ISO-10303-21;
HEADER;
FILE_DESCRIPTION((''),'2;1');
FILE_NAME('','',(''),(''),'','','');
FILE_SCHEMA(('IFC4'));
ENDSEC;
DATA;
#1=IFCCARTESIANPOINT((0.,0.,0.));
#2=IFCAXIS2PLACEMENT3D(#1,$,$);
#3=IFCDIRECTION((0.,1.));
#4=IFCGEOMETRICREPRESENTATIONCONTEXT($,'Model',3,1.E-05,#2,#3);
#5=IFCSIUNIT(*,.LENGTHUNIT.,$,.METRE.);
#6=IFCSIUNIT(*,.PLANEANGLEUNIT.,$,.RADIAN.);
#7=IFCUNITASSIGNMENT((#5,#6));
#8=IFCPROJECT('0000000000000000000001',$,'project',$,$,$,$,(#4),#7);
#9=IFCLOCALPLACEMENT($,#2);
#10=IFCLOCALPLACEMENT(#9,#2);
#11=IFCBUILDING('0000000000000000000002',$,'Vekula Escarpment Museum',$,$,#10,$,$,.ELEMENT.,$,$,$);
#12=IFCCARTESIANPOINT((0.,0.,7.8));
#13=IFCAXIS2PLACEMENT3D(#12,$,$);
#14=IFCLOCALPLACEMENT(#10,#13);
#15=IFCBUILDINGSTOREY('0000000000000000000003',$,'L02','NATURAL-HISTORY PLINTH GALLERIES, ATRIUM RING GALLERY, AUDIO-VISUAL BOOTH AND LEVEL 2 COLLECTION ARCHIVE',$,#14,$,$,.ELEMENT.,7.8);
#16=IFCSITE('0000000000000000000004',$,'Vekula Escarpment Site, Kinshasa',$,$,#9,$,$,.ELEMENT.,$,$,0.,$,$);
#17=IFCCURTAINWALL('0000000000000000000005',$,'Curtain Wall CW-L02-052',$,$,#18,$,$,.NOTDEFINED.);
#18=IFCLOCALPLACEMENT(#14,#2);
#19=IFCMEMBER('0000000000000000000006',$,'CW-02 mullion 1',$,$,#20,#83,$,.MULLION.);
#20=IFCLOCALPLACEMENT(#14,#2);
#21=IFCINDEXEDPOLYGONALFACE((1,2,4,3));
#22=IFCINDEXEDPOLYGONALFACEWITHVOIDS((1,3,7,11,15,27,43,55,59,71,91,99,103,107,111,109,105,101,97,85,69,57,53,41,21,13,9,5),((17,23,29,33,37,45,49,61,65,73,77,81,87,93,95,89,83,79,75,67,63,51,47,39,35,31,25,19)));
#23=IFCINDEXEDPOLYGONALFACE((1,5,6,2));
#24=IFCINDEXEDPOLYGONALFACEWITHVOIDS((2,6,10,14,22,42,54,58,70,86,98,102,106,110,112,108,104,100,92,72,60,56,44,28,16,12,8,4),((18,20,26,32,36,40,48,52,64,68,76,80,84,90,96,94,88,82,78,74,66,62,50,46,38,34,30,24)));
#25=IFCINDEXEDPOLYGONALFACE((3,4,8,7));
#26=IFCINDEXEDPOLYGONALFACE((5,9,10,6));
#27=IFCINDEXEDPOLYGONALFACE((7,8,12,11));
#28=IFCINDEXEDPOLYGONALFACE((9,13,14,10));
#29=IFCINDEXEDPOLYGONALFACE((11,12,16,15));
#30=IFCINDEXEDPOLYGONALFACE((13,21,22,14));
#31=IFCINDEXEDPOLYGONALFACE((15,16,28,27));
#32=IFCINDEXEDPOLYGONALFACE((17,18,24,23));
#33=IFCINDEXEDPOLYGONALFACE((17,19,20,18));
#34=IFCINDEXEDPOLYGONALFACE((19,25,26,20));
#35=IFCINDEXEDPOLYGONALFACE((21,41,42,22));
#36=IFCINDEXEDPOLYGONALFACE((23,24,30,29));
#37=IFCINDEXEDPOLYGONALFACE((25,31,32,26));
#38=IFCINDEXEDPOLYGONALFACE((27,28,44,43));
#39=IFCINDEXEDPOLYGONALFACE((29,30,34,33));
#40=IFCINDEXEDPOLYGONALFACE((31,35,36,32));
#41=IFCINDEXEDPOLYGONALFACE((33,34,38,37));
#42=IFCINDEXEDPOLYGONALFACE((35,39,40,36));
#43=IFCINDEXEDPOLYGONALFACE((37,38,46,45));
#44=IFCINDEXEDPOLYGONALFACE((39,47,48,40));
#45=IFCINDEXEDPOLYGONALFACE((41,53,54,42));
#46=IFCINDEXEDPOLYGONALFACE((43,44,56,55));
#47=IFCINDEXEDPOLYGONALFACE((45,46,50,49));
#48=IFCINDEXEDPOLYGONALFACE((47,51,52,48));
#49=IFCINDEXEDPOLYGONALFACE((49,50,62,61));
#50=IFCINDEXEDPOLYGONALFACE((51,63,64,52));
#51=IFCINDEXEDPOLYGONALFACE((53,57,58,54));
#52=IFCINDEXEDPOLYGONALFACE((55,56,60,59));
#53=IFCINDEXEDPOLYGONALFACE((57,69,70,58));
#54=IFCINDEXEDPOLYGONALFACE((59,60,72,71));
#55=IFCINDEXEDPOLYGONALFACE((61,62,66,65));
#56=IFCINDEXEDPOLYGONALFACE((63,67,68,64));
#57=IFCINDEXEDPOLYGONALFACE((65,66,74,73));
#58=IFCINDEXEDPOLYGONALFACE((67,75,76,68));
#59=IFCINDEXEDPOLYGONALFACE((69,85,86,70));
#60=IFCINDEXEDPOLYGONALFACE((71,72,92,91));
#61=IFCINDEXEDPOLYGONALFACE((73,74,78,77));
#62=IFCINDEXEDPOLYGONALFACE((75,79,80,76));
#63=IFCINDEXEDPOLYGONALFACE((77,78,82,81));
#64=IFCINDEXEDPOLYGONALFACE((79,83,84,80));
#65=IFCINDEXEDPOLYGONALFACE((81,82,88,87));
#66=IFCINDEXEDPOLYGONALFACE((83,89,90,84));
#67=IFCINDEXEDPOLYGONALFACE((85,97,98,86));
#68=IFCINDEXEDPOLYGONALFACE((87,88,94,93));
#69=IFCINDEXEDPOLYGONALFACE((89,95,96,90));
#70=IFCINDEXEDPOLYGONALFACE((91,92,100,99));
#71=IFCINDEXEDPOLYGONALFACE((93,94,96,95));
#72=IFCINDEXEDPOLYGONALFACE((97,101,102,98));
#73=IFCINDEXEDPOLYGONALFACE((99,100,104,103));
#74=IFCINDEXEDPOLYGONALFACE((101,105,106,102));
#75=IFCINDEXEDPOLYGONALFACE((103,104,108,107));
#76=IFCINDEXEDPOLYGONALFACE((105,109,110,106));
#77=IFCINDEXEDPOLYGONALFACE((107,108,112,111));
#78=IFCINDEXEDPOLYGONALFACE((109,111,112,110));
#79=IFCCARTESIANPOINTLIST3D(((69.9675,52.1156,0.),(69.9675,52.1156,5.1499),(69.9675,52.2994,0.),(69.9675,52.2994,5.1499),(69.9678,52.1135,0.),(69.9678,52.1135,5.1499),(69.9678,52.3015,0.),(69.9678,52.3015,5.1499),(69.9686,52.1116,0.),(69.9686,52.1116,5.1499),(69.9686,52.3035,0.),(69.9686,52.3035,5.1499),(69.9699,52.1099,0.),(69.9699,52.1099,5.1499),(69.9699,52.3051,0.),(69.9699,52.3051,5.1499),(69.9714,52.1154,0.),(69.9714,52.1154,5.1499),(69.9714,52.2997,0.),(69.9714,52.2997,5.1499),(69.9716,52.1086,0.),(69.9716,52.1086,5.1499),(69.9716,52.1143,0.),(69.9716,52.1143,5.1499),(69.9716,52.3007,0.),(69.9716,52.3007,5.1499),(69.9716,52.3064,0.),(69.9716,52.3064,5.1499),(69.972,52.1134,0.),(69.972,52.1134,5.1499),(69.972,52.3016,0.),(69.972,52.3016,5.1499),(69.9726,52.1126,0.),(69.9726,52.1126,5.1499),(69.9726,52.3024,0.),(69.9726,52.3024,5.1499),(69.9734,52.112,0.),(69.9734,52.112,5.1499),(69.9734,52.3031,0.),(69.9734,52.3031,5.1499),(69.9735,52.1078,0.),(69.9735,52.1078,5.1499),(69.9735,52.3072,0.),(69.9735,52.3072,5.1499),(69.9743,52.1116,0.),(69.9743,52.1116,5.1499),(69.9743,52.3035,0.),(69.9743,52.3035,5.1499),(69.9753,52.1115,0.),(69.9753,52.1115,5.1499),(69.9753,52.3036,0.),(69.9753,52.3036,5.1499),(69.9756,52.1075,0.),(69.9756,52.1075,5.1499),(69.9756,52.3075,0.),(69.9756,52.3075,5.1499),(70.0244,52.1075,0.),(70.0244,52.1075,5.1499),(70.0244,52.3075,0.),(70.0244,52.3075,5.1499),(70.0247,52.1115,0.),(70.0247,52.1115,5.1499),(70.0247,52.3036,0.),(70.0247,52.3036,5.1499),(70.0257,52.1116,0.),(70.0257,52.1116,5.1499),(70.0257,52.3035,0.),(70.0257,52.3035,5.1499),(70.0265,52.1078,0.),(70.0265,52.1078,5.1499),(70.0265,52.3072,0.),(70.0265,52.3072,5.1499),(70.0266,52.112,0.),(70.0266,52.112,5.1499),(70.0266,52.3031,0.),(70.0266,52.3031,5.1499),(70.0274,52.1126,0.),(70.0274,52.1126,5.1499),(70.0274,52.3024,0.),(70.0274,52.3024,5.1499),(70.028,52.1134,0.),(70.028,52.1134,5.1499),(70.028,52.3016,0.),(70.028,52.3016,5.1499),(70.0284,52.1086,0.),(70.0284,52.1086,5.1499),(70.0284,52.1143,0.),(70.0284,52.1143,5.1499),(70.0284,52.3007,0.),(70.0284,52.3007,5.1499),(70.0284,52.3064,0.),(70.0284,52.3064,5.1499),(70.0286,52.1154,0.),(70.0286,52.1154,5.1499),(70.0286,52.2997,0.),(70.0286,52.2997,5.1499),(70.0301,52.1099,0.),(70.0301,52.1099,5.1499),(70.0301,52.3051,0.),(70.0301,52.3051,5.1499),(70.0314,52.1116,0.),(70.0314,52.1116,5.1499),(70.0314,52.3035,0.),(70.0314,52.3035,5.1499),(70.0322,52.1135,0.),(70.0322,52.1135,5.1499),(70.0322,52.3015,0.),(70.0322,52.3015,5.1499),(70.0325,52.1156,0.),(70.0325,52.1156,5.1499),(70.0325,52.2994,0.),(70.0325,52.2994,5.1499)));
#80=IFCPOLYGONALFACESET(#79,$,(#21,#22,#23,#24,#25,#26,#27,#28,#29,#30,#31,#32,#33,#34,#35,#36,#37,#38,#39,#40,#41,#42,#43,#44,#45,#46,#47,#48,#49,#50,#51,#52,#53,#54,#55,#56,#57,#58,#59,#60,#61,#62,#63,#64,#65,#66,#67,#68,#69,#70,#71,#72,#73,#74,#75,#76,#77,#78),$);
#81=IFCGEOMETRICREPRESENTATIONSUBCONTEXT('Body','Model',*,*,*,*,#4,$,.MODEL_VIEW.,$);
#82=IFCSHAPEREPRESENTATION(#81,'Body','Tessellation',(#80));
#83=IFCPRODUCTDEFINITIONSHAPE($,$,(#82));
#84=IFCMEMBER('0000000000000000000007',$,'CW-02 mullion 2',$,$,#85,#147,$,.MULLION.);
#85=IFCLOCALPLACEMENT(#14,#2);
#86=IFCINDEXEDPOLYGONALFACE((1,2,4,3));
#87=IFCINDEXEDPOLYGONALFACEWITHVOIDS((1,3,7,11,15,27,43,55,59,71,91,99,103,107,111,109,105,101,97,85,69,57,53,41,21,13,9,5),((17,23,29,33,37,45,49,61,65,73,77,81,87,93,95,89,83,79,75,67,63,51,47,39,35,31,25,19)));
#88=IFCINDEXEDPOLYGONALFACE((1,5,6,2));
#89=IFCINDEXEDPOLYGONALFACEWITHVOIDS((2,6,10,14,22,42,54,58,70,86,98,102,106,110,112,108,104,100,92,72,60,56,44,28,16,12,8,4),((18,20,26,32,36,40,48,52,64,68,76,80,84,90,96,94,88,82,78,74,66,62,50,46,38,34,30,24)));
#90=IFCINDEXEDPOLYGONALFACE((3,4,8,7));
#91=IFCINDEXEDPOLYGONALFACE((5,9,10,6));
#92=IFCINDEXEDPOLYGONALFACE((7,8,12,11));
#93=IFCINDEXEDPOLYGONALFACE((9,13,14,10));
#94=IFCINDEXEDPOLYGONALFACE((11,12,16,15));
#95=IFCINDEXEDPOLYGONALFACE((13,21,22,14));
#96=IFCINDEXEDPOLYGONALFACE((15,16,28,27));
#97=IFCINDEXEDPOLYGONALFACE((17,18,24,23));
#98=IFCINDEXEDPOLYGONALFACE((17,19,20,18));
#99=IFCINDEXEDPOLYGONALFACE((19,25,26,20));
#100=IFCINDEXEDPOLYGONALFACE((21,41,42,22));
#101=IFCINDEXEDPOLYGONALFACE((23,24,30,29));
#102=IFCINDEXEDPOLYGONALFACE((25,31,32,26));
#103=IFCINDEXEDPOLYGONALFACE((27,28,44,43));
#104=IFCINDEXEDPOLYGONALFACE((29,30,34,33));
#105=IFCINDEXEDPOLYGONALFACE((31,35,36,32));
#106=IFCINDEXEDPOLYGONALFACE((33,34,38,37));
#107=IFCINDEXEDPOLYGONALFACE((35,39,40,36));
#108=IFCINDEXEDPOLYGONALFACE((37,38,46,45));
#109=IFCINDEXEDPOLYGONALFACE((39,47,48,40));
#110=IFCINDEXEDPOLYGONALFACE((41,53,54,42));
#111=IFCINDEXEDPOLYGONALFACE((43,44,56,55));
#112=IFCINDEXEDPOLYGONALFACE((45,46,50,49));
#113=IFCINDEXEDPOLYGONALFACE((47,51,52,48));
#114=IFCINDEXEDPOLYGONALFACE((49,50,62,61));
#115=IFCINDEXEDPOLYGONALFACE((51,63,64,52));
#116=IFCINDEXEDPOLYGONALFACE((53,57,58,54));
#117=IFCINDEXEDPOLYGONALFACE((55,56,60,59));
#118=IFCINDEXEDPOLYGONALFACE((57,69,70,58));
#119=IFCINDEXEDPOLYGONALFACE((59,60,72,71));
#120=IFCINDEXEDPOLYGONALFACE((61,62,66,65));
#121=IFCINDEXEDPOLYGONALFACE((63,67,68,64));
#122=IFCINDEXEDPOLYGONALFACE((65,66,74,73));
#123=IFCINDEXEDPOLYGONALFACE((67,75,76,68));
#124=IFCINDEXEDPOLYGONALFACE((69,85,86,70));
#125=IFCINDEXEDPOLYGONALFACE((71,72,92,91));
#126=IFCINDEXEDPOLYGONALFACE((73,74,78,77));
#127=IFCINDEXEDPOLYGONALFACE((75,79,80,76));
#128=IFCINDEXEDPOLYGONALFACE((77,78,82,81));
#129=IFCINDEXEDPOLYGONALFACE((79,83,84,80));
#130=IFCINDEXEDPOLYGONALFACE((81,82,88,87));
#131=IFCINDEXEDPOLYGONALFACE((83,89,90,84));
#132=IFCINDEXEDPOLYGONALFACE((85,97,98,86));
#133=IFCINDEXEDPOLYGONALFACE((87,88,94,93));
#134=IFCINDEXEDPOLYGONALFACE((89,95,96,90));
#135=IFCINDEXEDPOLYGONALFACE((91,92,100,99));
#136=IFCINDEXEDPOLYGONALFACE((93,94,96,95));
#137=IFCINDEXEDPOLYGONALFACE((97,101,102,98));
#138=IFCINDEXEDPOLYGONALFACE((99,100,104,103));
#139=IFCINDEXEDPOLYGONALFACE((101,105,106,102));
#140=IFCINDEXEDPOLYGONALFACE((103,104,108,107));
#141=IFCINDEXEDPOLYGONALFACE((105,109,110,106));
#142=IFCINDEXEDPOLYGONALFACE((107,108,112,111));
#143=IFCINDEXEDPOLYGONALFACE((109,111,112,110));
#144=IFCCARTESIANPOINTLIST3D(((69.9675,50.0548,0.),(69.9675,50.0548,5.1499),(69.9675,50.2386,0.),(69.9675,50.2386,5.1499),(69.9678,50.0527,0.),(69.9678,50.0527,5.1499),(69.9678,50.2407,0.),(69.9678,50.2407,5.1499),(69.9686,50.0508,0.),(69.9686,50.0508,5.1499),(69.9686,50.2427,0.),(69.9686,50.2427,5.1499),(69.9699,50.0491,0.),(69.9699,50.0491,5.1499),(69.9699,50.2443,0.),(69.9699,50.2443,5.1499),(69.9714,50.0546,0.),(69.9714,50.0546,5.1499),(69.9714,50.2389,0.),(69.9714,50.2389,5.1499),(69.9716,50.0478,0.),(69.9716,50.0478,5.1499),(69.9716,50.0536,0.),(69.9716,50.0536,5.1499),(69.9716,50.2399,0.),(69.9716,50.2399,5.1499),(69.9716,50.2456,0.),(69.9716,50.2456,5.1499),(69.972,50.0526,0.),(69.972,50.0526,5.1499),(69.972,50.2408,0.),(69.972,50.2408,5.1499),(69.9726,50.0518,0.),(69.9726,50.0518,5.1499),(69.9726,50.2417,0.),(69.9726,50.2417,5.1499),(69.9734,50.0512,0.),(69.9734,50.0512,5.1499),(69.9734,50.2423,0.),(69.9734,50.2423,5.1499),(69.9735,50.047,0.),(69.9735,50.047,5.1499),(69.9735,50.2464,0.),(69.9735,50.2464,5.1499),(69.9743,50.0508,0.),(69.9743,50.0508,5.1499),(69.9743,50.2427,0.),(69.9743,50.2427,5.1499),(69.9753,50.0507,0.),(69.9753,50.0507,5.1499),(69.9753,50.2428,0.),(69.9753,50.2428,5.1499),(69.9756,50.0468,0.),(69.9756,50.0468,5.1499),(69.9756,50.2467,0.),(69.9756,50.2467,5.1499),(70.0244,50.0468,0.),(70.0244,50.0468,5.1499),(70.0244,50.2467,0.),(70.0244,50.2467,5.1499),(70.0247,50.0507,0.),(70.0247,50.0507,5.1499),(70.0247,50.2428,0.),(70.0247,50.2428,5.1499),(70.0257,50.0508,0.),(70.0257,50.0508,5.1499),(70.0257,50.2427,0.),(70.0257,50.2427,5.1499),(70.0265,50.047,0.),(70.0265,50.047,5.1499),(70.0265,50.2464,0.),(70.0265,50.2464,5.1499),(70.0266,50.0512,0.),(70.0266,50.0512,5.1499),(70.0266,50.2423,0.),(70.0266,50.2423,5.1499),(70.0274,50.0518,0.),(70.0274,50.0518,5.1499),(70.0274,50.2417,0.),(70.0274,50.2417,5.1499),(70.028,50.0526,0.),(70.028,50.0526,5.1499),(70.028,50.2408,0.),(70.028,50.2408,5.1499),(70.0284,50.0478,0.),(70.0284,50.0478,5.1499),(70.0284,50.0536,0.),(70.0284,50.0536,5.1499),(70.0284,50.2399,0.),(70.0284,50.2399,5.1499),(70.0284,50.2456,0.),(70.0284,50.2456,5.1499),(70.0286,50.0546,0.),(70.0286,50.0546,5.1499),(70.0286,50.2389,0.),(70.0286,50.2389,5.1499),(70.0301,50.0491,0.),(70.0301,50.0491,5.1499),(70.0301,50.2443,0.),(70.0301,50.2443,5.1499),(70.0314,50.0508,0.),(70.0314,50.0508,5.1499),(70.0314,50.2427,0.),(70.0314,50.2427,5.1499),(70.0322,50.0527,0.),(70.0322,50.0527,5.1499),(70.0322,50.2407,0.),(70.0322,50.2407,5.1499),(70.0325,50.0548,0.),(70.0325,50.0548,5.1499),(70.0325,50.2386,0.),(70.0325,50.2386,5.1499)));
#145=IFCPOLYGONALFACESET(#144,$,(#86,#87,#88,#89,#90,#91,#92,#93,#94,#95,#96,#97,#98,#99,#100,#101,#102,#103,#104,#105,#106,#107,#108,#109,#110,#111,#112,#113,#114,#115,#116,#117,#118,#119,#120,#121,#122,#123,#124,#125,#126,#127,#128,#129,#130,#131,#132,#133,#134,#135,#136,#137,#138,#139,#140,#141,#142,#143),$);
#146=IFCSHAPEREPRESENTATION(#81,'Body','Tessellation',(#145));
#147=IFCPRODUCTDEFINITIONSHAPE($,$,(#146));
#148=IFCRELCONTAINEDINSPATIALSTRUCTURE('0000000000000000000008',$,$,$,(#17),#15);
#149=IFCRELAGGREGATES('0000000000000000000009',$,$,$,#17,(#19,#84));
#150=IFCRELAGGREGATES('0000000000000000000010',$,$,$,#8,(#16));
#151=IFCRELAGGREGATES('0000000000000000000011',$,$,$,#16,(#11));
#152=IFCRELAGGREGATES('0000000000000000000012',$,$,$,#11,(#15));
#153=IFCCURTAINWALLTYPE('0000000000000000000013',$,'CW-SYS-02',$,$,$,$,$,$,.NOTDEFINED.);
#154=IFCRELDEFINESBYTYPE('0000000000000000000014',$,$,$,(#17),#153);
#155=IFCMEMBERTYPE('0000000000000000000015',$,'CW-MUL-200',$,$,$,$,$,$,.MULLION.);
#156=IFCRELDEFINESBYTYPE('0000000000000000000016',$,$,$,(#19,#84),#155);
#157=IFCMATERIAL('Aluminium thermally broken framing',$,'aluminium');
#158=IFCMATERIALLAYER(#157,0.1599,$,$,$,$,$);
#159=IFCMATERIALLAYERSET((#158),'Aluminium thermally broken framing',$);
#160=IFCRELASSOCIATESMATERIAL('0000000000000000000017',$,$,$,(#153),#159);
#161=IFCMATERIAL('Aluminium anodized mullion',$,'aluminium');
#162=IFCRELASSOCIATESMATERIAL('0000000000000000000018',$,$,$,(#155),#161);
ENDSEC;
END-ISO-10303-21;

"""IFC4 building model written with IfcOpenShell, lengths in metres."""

from ifc_helpers import new_model, si_unit, direction, frame, origin, origin_2d, place, context, subcontext, project, spatial, hollow_rectangle, extrude, material, layer, layer_set, material_profile, profile_set, type_object, element, aggregate, save


model = new_model("IFC4")

# Units and contexts
model_context = context("Model", 3, precision=1e-05, world=origin(), true_north=direction((0.0, 1.0)))
body_context = subcontext(model_context, "Body", "Model", "MODEL_VIEW")
ifc_project = project(units=[si_unit("LENGTHUNIT", "METRE"), si_unit("PLANEANGLEUNIT", "RADIAN")], contexts=[model_context])

# Site, building, storey
site_placement = place(None, origin())
site = spatial("IfcSite", under=ifc_project, at=site_placement, Name="Vekula Escarpment Site, Kinshasa", CompositionType="ELEMENT", RefElevation=0.0)
building_placement = place(site_placement, origin())
building = spatial("IfcBuilding", under=site, at=building_placement, Name="Vekula Escarpment Museum", CompositionType="ELEMENT")
storey_placement = place(building_placement, frame((0.0, 0.0, 7.8)))
storey = spatial("IfcBuildingStorey", under=building, at=storey_placement, Name="L02", Description="NATURAL-HISTORY PLINTH GALLERIES, ATRIUM RING GALLERY, AUDIO-VISUAL BOOTH AND LEVEL 2 COLLECTION ARCHIVE", CompositionType="ELEMENT", Elevation=7.8)

# Curtain wall, members
ifc_material_1 = material(Name="Aluminium thermally broken framing", Category="aluminium")
ifc_layer_1 = layer(ifc_material_1, 0.1599)
ifc_layer_set_1 = layer_set([ifc_layer_1], Name="Aluminium thermally broken framing")
curtain_wall_type = type_object("IfcCurtainWallType", Name="CW-SYS-02", PredefinedType="NOTDEFINED", material=ifc_layer_set_1)
curtain_wall_placement = place(storey_placement, origin())
curtain_wall = element("IfcCurtainWall", 1, at=curtain_wall_placement, inside=storey, type_object=curtain_wall_type, Name="Curtain Wall CW-L02-052", PredefinedType="NOTDEFINED")
ifc_material_2 = material(Name="Aluminium anodized mullion", Category="aluminium")
ifc_material_profile_1 = material_profile(ifc_material_2, hollow_rectangle(XDim=0.0649, YDim=0.2, WallThickness=0.0039, InnerFilletRadius=0.0039, OuterFilletRadius=0.0081, at=origin_2d()), Name="ALU 200x65x4")
ifc_profile_set_1 = profile_set([ifc_material_profile_1], Name="Aluminium anodized mullion")
member_type_1 = type_object("IfcMemberType", Name="CW-MUL-200", PredefinedType="MULLION", material=ifc_profile_set_1)
member_1_placement = place(storey_placement, frame((70.0, 52.2075, 0.0), z_axis=(0.0, 0.0, 1.0), x_axis=(1.0, 0.0, 0.0)))
member_1 = element("IfcMember", 2, at=member_1_placement, type_object=member_type_1, Name="CW-02 mullion 1", PredefinedType="MULLION", context=body_context, shape_type="SweptSolid", body=[
    extrude(hollow_rectangle(XDim=0.0649, YDim=0.2, WallThickness=0.0039, InnerFilletRadius=0.0039, OuterFilletRadius=0.0081, at=origin_2d()), origin(), (0.0, 0.0, 1.0), 5.1499),
])
member_2_placement = place(storey_placement, frame((70.0, 50.1467, 0.0), z_axis=(0.0, 0.0, 1.0), x_axis=(1.0, 0.0, 0.0)))
member_2 = element("IfcMember", 3, at=member_2_placement, type_object=member_type_1, Name="CW-02 mullion 2", PredefinedType="MULLION", context=body_context, shape_type="SweptSolid", body=[
    extrude(hollow_rectangle(XDim=0.0649, YDim=0.2, WallThickness=0.0039, InnerFilletRadius=0.0039, OuterFilletRadius=0.0081, at=origin_2d()), origin(), (0.0, 0.0, 1.0), 5.1499),
])
aggregate(curtain_wall, [member_1, member_2])

save(model, "model.ifc")
